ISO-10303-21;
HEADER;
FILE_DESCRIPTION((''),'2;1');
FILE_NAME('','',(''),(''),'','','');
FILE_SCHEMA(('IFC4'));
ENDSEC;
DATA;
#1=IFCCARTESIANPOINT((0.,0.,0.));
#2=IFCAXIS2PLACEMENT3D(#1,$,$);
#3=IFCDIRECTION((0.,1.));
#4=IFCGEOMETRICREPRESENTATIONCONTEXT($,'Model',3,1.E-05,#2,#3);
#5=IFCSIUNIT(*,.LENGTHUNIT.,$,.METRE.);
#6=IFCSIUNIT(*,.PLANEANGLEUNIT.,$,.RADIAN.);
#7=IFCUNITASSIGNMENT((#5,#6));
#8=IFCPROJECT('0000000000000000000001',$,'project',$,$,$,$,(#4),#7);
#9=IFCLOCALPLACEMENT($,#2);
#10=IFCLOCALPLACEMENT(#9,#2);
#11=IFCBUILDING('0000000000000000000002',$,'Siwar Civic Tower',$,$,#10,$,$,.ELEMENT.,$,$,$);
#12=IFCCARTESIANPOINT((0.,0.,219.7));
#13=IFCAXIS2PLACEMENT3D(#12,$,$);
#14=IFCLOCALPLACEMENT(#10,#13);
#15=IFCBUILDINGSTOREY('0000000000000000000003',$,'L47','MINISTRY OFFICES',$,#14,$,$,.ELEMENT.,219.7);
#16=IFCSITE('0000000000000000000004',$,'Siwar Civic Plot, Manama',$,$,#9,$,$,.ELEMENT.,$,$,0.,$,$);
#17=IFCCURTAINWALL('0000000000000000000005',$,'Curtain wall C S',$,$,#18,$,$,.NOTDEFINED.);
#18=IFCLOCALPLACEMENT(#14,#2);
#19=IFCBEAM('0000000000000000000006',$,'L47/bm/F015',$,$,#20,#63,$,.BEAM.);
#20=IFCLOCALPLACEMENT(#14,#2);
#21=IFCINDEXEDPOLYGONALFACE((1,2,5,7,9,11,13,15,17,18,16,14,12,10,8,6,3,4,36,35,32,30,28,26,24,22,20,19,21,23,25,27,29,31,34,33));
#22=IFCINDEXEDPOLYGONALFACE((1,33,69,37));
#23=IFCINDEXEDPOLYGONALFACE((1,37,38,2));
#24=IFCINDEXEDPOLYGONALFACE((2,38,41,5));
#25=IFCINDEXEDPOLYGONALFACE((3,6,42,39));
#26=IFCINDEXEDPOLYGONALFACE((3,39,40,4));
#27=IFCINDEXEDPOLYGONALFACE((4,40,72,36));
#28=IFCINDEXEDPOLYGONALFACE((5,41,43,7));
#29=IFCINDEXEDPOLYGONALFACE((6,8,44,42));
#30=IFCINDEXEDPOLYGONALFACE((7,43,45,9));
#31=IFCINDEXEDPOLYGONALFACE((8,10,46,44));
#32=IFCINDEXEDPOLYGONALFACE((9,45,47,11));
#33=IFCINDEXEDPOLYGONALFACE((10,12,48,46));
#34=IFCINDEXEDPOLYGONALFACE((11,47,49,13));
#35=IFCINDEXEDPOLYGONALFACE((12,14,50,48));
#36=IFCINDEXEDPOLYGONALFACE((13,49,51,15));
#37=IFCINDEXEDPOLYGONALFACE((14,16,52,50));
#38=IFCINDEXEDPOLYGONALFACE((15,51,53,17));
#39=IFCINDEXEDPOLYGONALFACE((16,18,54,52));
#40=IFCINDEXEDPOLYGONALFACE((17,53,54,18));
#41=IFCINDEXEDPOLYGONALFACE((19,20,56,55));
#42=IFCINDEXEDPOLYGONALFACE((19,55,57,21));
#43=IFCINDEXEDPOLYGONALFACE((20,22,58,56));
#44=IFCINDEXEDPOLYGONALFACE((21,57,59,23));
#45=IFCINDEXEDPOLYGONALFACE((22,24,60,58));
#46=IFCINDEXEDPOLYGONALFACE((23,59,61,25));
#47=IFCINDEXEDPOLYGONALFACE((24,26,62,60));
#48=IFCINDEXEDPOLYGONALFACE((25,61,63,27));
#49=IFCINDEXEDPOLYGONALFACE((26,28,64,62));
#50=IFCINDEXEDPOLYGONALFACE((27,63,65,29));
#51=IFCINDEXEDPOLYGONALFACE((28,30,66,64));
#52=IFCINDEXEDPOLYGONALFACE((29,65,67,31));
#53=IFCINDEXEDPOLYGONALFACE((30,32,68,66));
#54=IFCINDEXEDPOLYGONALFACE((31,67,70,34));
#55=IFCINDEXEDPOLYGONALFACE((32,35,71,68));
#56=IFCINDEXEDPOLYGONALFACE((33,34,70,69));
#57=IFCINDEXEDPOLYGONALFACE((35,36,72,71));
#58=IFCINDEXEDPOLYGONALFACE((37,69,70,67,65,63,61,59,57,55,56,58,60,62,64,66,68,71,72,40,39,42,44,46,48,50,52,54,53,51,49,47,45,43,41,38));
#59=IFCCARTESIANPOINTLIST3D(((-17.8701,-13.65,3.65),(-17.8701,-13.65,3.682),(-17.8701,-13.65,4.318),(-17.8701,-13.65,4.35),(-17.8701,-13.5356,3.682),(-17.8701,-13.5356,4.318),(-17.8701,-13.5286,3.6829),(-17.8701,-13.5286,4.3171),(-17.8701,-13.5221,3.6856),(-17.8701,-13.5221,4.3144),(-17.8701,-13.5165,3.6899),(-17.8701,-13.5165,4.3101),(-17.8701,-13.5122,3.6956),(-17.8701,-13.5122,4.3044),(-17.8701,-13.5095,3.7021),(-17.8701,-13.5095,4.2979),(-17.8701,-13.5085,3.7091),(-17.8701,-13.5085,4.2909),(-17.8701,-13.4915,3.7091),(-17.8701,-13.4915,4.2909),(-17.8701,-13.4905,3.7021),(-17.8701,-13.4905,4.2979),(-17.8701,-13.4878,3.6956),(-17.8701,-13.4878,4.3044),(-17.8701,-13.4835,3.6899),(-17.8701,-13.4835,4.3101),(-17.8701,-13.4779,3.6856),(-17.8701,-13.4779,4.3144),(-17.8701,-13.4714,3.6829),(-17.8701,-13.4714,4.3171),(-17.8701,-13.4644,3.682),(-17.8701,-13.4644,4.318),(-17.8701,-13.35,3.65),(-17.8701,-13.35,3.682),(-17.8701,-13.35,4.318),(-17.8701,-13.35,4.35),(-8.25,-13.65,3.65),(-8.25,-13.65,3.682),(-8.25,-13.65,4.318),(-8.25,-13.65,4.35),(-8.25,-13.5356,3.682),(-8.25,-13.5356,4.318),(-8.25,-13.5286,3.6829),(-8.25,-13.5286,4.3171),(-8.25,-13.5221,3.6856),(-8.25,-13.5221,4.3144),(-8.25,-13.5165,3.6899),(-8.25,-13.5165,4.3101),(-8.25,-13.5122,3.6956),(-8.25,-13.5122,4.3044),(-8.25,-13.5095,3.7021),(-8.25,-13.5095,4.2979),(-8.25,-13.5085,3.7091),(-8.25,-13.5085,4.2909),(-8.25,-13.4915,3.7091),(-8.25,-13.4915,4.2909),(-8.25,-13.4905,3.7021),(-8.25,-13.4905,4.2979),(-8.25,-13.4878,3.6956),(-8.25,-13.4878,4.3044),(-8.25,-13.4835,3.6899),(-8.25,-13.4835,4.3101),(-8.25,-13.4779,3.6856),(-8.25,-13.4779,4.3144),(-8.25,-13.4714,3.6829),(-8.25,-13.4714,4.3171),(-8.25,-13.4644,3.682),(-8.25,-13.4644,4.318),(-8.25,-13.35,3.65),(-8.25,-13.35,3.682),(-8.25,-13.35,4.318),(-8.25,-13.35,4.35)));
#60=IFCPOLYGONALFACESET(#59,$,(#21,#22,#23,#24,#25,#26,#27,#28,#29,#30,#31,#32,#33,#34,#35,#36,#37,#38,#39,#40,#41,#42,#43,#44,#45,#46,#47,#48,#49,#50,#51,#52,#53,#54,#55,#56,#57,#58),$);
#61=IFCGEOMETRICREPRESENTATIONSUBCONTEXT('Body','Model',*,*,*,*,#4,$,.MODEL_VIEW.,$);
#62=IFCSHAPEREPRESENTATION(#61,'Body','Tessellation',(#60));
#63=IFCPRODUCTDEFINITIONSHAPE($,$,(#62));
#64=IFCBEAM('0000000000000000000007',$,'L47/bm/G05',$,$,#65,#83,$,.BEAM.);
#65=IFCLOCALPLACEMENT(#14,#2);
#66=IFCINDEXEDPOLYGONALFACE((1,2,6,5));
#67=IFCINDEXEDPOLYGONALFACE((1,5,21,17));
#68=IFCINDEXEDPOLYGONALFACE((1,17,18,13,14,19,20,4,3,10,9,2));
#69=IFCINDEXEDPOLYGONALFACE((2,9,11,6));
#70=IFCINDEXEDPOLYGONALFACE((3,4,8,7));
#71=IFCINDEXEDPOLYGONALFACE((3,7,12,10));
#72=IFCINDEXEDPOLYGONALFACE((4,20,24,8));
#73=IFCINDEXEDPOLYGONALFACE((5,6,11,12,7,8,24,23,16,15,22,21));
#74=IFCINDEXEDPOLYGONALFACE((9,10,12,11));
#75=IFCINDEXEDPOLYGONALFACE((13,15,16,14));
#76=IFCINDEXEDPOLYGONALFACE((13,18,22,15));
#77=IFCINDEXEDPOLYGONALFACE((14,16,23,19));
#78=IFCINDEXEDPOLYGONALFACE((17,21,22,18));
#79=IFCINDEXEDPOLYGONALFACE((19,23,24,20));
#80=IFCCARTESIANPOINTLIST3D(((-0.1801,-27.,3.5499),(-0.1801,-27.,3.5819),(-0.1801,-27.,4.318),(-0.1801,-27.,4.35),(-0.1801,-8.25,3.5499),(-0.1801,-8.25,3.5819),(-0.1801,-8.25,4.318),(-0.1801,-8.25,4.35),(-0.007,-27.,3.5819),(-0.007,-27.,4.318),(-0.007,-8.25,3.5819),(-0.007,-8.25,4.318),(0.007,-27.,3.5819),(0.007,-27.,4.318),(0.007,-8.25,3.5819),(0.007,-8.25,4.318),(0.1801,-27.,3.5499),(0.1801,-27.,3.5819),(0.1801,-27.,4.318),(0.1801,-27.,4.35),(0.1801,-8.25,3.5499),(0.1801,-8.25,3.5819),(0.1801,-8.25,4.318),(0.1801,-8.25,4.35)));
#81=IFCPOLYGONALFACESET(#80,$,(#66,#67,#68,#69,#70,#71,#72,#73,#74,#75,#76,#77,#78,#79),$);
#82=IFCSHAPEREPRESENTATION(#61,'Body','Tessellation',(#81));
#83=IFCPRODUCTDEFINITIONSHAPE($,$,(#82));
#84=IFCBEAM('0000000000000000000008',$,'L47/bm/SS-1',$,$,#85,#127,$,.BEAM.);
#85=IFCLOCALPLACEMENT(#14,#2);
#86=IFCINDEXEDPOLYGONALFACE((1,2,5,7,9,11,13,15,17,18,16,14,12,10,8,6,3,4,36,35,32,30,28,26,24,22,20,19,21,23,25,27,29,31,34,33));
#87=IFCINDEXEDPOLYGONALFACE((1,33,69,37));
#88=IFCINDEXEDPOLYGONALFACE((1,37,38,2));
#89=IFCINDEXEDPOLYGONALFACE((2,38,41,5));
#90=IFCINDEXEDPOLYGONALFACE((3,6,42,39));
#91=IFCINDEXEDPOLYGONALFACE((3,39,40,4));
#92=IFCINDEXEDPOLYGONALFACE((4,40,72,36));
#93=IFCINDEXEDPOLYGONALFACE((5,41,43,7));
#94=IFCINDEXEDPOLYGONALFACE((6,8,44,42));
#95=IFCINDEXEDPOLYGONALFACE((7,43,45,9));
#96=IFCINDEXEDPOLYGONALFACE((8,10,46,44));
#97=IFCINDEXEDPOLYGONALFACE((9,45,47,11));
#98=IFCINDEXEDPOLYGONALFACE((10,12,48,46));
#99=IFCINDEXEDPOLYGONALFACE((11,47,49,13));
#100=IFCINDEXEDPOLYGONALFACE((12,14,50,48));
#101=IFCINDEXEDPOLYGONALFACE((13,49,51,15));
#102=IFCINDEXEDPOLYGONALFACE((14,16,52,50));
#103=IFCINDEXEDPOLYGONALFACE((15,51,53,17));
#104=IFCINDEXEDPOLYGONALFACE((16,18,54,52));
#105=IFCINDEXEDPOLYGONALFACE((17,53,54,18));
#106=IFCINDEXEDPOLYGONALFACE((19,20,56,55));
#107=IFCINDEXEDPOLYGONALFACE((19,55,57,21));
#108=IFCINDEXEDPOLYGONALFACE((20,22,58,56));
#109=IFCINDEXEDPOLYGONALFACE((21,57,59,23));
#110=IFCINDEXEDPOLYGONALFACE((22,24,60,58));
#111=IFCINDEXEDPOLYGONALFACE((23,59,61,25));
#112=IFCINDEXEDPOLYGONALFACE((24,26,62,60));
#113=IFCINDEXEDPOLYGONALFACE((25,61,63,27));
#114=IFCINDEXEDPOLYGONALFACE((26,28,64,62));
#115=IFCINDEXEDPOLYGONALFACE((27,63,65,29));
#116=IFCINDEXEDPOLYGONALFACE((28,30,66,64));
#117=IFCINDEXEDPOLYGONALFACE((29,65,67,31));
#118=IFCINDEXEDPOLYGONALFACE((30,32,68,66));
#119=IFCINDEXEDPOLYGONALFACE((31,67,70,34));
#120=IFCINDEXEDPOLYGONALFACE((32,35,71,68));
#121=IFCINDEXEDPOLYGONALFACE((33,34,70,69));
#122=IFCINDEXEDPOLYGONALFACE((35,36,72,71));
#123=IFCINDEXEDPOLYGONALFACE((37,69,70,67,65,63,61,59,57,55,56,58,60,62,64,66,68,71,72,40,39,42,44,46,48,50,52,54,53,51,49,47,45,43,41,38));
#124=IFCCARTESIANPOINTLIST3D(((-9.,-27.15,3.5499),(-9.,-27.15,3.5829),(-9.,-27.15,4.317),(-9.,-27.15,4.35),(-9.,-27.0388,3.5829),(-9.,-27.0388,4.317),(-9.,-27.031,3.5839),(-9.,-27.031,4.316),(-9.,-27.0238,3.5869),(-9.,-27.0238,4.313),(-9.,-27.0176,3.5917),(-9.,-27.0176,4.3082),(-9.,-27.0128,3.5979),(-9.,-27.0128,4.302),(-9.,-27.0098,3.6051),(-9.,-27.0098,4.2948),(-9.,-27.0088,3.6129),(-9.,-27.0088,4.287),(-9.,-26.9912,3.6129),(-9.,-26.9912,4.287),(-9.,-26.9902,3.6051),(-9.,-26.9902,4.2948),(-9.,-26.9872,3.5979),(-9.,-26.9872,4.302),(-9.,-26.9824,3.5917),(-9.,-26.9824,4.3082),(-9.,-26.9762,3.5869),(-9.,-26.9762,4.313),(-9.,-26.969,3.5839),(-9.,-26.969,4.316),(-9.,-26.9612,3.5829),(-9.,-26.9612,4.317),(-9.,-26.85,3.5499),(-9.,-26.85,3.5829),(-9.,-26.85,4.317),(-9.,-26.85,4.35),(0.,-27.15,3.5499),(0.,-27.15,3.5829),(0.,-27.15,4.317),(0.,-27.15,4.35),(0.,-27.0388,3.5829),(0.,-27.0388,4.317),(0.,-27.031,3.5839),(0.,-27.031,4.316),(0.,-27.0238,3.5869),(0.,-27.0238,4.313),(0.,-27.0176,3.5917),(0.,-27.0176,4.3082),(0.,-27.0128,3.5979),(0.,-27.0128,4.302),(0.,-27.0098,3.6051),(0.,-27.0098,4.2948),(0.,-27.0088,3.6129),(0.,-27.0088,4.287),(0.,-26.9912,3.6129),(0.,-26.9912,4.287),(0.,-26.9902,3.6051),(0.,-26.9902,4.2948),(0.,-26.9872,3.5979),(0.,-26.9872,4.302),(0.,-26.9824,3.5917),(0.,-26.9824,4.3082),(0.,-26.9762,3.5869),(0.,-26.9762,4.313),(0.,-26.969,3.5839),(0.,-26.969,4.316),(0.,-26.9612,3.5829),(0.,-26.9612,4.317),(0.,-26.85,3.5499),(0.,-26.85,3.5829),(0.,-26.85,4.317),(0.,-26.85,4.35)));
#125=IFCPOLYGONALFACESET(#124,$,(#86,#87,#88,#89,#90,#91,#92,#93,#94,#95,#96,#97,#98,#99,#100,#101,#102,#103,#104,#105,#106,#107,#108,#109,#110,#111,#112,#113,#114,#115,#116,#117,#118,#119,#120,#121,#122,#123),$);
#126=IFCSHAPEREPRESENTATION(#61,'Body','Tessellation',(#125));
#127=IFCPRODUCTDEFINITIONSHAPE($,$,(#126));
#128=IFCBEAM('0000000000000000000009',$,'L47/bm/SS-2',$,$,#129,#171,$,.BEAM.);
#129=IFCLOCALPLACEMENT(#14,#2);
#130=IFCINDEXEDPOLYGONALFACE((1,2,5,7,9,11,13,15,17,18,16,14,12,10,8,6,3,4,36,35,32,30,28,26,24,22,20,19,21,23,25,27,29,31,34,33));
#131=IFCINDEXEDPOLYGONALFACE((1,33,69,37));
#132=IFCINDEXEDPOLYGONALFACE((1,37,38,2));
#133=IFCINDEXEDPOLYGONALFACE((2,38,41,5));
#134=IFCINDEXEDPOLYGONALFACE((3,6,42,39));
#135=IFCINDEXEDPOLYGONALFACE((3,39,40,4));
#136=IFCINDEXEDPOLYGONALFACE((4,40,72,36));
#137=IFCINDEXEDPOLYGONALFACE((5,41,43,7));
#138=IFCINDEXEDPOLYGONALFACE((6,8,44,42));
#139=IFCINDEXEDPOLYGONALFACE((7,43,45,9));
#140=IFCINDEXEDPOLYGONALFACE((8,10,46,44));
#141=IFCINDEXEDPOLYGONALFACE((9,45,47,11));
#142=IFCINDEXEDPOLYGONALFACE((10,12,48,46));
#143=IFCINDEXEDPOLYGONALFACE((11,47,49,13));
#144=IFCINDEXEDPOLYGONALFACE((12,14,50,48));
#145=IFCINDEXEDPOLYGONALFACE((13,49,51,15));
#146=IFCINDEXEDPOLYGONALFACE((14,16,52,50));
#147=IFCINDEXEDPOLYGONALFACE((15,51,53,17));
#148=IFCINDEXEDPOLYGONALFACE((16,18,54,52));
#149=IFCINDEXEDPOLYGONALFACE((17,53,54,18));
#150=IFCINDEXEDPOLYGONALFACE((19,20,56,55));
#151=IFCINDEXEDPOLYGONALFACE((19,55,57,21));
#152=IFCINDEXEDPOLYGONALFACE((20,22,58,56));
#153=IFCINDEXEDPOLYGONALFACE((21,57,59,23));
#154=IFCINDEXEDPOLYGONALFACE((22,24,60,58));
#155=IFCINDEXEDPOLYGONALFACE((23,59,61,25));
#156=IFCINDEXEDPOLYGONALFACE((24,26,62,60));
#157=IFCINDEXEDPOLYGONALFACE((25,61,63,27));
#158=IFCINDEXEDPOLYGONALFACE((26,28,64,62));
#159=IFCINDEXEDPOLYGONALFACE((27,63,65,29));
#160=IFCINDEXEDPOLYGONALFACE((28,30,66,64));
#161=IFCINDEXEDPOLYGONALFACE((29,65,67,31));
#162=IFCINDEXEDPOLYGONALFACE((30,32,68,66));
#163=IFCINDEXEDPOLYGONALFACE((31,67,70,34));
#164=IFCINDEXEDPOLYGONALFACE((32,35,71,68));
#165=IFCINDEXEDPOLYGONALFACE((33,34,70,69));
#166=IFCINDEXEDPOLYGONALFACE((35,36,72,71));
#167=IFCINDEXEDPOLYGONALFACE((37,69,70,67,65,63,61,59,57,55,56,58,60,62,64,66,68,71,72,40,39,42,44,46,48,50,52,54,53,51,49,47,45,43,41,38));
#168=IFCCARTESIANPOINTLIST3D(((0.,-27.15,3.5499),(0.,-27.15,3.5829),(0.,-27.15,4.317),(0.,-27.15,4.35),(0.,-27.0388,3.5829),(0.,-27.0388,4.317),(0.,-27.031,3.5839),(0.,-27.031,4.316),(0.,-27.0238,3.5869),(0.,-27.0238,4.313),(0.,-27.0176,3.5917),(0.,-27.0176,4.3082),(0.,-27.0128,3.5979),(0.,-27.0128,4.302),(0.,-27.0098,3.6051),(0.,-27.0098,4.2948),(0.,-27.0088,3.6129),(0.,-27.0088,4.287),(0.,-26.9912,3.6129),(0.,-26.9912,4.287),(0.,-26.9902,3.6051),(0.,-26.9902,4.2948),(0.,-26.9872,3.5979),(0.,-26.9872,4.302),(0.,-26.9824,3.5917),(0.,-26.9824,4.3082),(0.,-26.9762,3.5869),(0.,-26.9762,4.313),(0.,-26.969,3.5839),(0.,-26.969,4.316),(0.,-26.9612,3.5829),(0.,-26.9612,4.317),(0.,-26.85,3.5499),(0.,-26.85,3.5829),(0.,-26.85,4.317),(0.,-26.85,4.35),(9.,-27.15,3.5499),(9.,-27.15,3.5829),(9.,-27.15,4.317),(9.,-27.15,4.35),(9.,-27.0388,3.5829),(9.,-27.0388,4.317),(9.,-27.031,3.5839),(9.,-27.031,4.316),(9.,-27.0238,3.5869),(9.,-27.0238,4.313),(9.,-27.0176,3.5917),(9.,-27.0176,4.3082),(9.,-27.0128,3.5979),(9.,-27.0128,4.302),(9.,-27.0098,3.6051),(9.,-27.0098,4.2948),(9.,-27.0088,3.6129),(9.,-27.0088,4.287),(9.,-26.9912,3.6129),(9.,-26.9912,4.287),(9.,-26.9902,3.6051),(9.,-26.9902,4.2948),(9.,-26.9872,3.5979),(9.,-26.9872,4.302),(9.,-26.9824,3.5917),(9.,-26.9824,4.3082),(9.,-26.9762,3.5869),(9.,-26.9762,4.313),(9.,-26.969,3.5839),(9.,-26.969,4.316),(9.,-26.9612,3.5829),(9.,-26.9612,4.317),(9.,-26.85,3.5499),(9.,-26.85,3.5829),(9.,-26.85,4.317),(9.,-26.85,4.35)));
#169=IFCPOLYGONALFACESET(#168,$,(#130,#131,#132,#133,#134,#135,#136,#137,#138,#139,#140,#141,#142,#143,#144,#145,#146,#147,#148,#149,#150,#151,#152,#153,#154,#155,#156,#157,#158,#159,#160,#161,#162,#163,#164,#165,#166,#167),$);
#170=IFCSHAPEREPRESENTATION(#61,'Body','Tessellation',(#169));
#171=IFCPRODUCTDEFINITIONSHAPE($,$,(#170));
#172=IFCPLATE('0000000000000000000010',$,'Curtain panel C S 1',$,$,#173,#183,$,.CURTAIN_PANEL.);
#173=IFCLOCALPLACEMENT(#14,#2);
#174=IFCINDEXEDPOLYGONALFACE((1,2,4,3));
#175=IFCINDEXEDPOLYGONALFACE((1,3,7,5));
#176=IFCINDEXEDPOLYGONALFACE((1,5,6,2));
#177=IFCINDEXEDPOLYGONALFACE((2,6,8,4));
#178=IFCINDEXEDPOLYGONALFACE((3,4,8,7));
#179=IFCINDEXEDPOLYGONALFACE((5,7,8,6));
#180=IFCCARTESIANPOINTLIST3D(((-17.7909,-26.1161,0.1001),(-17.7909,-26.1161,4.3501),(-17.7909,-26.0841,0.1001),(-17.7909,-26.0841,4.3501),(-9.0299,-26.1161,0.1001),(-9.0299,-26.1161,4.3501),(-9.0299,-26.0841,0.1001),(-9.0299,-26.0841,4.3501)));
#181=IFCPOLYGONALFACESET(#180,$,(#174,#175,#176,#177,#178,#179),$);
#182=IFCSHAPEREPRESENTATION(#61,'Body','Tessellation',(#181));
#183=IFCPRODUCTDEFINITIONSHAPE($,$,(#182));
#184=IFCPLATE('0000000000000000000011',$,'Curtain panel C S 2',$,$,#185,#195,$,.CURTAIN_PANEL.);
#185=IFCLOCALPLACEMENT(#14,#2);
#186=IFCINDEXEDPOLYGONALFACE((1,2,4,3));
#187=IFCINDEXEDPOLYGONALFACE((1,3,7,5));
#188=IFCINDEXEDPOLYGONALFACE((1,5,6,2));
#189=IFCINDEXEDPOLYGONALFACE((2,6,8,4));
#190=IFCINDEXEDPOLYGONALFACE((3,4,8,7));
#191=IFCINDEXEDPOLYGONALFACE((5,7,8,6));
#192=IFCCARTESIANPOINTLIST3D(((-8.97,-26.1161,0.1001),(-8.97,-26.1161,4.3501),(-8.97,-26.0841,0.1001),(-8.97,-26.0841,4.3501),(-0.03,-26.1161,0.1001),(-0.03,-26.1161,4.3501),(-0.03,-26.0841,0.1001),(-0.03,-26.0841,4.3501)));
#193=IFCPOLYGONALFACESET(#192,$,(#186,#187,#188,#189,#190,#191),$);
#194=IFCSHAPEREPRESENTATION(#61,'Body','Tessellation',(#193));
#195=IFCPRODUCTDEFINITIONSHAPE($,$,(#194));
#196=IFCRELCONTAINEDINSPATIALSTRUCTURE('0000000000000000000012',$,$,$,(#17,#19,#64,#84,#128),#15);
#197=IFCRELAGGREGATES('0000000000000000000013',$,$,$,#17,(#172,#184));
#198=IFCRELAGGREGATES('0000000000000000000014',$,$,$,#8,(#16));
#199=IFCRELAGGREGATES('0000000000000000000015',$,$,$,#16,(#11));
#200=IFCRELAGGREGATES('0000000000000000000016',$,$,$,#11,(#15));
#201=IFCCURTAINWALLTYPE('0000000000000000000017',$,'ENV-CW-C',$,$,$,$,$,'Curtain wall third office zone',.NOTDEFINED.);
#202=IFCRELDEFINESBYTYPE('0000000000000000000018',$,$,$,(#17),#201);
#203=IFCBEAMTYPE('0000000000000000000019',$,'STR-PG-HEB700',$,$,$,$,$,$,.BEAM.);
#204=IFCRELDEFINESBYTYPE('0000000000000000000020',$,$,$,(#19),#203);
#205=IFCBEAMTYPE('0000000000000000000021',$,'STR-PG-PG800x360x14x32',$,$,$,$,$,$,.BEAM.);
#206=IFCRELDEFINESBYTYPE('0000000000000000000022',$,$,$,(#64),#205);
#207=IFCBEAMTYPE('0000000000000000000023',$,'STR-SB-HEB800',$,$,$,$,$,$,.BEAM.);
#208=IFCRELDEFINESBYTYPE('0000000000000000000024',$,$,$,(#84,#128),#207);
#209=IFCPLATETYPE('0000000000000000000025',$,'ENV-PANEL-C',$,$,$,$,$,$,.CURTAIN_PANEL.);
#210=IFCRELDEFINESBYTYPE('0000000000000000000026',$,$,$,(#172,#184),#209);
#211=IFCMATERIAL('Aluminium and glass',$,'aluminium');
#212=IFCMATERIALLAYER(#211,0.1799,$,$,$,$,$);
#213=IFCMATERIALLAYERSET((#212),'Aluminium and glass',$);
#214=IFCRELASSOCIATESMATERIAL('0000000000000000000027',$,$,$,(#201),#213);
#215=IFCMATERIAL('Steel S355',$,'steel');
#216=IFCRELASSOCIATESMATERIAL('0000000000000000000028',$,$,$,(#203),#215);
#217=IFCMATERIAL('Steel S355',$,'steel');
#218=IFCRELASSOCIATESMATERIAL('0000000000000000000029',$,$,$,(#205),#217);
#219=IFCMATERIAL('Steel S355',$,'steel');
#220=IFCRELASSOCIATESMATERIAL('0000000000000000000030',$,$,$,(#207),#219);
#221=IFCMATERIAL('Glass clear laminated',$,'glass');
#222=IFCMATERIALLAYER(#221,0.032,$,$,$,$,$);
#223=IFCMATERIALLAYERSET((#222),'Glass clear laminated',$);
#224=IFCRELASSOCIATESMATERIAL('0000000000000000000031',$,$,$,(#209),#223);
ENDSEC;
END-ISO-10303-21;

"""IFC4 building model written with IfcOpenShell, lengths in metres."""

from ifc_helpers import new_model, si_unit, direction, frame, origin, origin_2d, place, context, subcontext, project, spatial, rectangle, i_section, extrude, material, layer, layer_set, material_profile, profile_set, type_object, element, aggregate, save


model = new_model("IFC4")

# Units and contexts
model_context = context("Model", 3, precision=1e-05, world=origin(), true_north=direction((0.0, 1.0)))
body_context = subcontext(model_context, "Body", "Model", "MODEL_VIEW")
ifc_project = project(units=[si_unit("LENGTHUNIT", "METRE"), si_unit("PLANEANGLEUNIT", "RADIAN")], contexts=[model_context])

# Site, building, storey
site_placement = place(None, origin())
site = spatial("IfcSite", under=ifc_project, at=site_placement, Name="Siwar Civic Plot, Manama", CompositionType="ELEMENT", RefElevation=0.0)
building_placement = place(site_placement, origin())
building = spatial("IfcBuilding", under=site, at=building_placement, Name="Siwar Civic Tower", CompositionType="ELEMENT")
storey_placement = place(building_placement, frame((0.0, 0.0, 219.7)))
storey = spatial("IfcBuildingStorey", under=building, at=storey_placement, Name="L47", Description="MINISTRY OFFICES", CompositionType="ELEMENT", Elevation=219.7)

# Curtain wall
ifc_material_1 = material(Name="Aluminium and glass", Category="aluminium")
ifc_layer_1 = layer(ifc_material_1, 0.1799)
ifc_layer_set_1 = layer_set([ifc_layer_1], Name="Aluminium and glass")
curtain_wall_type = type_object("IfcCurtainWallType", Name="ENV-CW-C", ElementType="Curtain wall third office zone", PredefinedType="NOTDEFINED", material=ifc_layer_set_1)
curtain_wall_placement = place(storey_placement, origin())
curtain_wall = element("IfcCurtainWall", 1, at=curtain_wall_placement, inside=storey, type_object=curtain_wall_type, Name="Curtain wall C S", PredefinedType="NOTDEFINED")

# Beams
ifc_material_2 = material(Name="Steel S355", Category="steel")
ifc_material_profile_1 = material_profile(ifc_material_2, i_section(OverallWidth=0.3, OverallDepth=0.7, WebThickness=0.0171, FlangeThickness=0.032, FilletRadius=0.0271, at=origin_2d()), Name="HEB700")
ifc_profile_set_1 = profile_set([ifc_material_profile_1], Name="Steel S355")
beam_type_1 = type_object("IfcBeamType", Name="STR-PG-HEB700", PredefinedType="BEAM", material=ifc_profile_set_1)
beam_1_placement = place(storey_placement, frame((-17.8701, -13.5, 4.0), z_axis=(1.0, 0.0, 0.0), x_axis=(0.0, 1.0, 0.0)))
element("IfcBeam", 2, at=beam_1_placement, inside=storey, type_object=beam_type_1, Name="L47/bm/F015", PredefinedType="BEAM", context=body_context, shape_type="SweptSolid", body=[
    extrude(i_section(OverallWidth=0.3, OverallDepth=0.7, WebThickness=0.0171, FlangeThickness=0.032, FilletRadius=0.0271, at=origin_2d()), origin(), (0.0, 0.0, 1.0), 9.6201),
])
ifc_material_3 = material(Name="Steel S355", Category="steel")
ifc_material_profile_2 = material_profile(ifc_material_3, i_section(OverallWidth=0.3601, OverallDepth=0.8, WebThickness=0.0139, FlangeThickness=0.032, at=origin_2d()), Name="PG800x360x14x32")
ifc_profile_set_2 = profile_set([ifc_material_profile_2], Name="Steel S355")
beam_type_2 = type_object("IfcBeamType", Name="STR-PG-PG800x360x14x32", PredefinedType="BEAM", material=ifc_profile_set_2)
beam_2_placement = place(storey_placement, frame((0.0, -27.0, 3.95), z_axis=(0.0, 1.0, 0.0), x_axis=(-1.0, 0.0, 0.0)))
element("IfcBeam", 3, at=beam_2_placement, inside=storey, type_object=beam_type_2, Name="L47/bm/G05", PredefinedType="BEAM", context=body_context, shape_type="SweptSolid", body=[
    extrude(i_section(OverallWidth=0.3601, OverallDepth=0.8, WebThickness=0.0139, FlangeThickness=0.032, at=origin_2d()), origin(), (0.0, 0.0, 1.0), 18.75),
])
ifc_material_4 = material(Name="Steel S355", Category="steel")
ifc_material_profile_3 = material_profile(ifc_material_4, i_section(OverallWidth=0.3, OverallDepth=0.8, WebThickness=0.0176, FlangeThickness=0.033, FilletRadius=0.03, at=origin_2d()), Name="HEB800")
ifc_profile_set_3 = profile_set([ifc_material_profile_3], Name="Steel S355")
beam_type_3 = type_object("IfcBeamType", Name="STR-SB-HEB800", PredefinedType="BEAM", material=ifc_profile_set_3)
for number, where, z_axis, x_axis, name in (
    (4, (-9.0, -27.0, 3.95), (1.0, 0.0, 0.0), (0.0, 1.0, 0.0), "L47/bm/SS-1"),
    (5, (0.0, -27.0, 3.95), (1.0, 0.0, 0.0), (0.0, 1.0, 0.0), "L47/bm/SS-2"),
):
    element("IfcBeam", number, at=place(storey_placement, frame(where, z_axis=z_axis, x_axis=x_axis)), inside=storey, type_object=beam_type_3, Name=name, PredefinedType="BEAM", context=body_context, shape_type="SweptSolid", body=[
        extrude(i_section(OverallWidth=0.3, OverallDepth=0.8, WebThickness=0.0176, FlangeThickness=0.033, FilletRadius=0.03, at=origin_2d()), origin(), (0.0, 0.0, 1.0), 9.0),
    ])

# Plates
ifc_material_5 = material(Name="Glass clear laminated", Category="glass")
ifc_layer_2 = layer(ifc_material_5, 0.032)
ifc_layer_set_2 = layer_set([ifc_layer_2], Name="Glass clear laminated")
plate_type = type_object("IfcPlateType", Name="ENV-PANEL-C", PredefinedType="CURTAIN_PANEL", material=ifc_layer_set_2)
plate_1_placement = place(storey_placement, frame((-13.4104, -26.1001, 0.1001), z_axis=(0.0, 0.0, 1.0), x_axis=(1.0, 0.0, 0.0)))
plate_1 = element("IfcPlate", 6, at=plate_1_placement, type_object=plate_type, Name="Curtain panel C S 1", PredefinedType="CURTAIN_PANEL", context=body_context, shape_type="SweptSolid", body=[
    extrude(rectangle(XDim=8.761, YDim=0.032, at=origin_2d()), origin(), (0.0, 0.0, 1.0), 4.25),
])
plate_2_placement = place(storey_placement, frame((-4.5, -26.1001, 0.1001), z_axis=(0.0, 0.0, 1.0), x_axis=(1.0, 0.0, 0.0)))
plate_2 = element("IfcPlate", 7, at=plate_2_placement, type_object=plate_type, Name="Curtain panel C S 2", PredefinedType="CURTAIN_PANEL", context=body_context, shape_type="SweptSolid", body=[
    extrude(rectangle(XDim=8.9399, YDim=0.032, at=origin_2d()), origin(), (0.0, 0.0, 1.0), 4.25),
])
aggregate(curtain_wall, [plate_1, plate_2])

save(model, "model.ifc")
